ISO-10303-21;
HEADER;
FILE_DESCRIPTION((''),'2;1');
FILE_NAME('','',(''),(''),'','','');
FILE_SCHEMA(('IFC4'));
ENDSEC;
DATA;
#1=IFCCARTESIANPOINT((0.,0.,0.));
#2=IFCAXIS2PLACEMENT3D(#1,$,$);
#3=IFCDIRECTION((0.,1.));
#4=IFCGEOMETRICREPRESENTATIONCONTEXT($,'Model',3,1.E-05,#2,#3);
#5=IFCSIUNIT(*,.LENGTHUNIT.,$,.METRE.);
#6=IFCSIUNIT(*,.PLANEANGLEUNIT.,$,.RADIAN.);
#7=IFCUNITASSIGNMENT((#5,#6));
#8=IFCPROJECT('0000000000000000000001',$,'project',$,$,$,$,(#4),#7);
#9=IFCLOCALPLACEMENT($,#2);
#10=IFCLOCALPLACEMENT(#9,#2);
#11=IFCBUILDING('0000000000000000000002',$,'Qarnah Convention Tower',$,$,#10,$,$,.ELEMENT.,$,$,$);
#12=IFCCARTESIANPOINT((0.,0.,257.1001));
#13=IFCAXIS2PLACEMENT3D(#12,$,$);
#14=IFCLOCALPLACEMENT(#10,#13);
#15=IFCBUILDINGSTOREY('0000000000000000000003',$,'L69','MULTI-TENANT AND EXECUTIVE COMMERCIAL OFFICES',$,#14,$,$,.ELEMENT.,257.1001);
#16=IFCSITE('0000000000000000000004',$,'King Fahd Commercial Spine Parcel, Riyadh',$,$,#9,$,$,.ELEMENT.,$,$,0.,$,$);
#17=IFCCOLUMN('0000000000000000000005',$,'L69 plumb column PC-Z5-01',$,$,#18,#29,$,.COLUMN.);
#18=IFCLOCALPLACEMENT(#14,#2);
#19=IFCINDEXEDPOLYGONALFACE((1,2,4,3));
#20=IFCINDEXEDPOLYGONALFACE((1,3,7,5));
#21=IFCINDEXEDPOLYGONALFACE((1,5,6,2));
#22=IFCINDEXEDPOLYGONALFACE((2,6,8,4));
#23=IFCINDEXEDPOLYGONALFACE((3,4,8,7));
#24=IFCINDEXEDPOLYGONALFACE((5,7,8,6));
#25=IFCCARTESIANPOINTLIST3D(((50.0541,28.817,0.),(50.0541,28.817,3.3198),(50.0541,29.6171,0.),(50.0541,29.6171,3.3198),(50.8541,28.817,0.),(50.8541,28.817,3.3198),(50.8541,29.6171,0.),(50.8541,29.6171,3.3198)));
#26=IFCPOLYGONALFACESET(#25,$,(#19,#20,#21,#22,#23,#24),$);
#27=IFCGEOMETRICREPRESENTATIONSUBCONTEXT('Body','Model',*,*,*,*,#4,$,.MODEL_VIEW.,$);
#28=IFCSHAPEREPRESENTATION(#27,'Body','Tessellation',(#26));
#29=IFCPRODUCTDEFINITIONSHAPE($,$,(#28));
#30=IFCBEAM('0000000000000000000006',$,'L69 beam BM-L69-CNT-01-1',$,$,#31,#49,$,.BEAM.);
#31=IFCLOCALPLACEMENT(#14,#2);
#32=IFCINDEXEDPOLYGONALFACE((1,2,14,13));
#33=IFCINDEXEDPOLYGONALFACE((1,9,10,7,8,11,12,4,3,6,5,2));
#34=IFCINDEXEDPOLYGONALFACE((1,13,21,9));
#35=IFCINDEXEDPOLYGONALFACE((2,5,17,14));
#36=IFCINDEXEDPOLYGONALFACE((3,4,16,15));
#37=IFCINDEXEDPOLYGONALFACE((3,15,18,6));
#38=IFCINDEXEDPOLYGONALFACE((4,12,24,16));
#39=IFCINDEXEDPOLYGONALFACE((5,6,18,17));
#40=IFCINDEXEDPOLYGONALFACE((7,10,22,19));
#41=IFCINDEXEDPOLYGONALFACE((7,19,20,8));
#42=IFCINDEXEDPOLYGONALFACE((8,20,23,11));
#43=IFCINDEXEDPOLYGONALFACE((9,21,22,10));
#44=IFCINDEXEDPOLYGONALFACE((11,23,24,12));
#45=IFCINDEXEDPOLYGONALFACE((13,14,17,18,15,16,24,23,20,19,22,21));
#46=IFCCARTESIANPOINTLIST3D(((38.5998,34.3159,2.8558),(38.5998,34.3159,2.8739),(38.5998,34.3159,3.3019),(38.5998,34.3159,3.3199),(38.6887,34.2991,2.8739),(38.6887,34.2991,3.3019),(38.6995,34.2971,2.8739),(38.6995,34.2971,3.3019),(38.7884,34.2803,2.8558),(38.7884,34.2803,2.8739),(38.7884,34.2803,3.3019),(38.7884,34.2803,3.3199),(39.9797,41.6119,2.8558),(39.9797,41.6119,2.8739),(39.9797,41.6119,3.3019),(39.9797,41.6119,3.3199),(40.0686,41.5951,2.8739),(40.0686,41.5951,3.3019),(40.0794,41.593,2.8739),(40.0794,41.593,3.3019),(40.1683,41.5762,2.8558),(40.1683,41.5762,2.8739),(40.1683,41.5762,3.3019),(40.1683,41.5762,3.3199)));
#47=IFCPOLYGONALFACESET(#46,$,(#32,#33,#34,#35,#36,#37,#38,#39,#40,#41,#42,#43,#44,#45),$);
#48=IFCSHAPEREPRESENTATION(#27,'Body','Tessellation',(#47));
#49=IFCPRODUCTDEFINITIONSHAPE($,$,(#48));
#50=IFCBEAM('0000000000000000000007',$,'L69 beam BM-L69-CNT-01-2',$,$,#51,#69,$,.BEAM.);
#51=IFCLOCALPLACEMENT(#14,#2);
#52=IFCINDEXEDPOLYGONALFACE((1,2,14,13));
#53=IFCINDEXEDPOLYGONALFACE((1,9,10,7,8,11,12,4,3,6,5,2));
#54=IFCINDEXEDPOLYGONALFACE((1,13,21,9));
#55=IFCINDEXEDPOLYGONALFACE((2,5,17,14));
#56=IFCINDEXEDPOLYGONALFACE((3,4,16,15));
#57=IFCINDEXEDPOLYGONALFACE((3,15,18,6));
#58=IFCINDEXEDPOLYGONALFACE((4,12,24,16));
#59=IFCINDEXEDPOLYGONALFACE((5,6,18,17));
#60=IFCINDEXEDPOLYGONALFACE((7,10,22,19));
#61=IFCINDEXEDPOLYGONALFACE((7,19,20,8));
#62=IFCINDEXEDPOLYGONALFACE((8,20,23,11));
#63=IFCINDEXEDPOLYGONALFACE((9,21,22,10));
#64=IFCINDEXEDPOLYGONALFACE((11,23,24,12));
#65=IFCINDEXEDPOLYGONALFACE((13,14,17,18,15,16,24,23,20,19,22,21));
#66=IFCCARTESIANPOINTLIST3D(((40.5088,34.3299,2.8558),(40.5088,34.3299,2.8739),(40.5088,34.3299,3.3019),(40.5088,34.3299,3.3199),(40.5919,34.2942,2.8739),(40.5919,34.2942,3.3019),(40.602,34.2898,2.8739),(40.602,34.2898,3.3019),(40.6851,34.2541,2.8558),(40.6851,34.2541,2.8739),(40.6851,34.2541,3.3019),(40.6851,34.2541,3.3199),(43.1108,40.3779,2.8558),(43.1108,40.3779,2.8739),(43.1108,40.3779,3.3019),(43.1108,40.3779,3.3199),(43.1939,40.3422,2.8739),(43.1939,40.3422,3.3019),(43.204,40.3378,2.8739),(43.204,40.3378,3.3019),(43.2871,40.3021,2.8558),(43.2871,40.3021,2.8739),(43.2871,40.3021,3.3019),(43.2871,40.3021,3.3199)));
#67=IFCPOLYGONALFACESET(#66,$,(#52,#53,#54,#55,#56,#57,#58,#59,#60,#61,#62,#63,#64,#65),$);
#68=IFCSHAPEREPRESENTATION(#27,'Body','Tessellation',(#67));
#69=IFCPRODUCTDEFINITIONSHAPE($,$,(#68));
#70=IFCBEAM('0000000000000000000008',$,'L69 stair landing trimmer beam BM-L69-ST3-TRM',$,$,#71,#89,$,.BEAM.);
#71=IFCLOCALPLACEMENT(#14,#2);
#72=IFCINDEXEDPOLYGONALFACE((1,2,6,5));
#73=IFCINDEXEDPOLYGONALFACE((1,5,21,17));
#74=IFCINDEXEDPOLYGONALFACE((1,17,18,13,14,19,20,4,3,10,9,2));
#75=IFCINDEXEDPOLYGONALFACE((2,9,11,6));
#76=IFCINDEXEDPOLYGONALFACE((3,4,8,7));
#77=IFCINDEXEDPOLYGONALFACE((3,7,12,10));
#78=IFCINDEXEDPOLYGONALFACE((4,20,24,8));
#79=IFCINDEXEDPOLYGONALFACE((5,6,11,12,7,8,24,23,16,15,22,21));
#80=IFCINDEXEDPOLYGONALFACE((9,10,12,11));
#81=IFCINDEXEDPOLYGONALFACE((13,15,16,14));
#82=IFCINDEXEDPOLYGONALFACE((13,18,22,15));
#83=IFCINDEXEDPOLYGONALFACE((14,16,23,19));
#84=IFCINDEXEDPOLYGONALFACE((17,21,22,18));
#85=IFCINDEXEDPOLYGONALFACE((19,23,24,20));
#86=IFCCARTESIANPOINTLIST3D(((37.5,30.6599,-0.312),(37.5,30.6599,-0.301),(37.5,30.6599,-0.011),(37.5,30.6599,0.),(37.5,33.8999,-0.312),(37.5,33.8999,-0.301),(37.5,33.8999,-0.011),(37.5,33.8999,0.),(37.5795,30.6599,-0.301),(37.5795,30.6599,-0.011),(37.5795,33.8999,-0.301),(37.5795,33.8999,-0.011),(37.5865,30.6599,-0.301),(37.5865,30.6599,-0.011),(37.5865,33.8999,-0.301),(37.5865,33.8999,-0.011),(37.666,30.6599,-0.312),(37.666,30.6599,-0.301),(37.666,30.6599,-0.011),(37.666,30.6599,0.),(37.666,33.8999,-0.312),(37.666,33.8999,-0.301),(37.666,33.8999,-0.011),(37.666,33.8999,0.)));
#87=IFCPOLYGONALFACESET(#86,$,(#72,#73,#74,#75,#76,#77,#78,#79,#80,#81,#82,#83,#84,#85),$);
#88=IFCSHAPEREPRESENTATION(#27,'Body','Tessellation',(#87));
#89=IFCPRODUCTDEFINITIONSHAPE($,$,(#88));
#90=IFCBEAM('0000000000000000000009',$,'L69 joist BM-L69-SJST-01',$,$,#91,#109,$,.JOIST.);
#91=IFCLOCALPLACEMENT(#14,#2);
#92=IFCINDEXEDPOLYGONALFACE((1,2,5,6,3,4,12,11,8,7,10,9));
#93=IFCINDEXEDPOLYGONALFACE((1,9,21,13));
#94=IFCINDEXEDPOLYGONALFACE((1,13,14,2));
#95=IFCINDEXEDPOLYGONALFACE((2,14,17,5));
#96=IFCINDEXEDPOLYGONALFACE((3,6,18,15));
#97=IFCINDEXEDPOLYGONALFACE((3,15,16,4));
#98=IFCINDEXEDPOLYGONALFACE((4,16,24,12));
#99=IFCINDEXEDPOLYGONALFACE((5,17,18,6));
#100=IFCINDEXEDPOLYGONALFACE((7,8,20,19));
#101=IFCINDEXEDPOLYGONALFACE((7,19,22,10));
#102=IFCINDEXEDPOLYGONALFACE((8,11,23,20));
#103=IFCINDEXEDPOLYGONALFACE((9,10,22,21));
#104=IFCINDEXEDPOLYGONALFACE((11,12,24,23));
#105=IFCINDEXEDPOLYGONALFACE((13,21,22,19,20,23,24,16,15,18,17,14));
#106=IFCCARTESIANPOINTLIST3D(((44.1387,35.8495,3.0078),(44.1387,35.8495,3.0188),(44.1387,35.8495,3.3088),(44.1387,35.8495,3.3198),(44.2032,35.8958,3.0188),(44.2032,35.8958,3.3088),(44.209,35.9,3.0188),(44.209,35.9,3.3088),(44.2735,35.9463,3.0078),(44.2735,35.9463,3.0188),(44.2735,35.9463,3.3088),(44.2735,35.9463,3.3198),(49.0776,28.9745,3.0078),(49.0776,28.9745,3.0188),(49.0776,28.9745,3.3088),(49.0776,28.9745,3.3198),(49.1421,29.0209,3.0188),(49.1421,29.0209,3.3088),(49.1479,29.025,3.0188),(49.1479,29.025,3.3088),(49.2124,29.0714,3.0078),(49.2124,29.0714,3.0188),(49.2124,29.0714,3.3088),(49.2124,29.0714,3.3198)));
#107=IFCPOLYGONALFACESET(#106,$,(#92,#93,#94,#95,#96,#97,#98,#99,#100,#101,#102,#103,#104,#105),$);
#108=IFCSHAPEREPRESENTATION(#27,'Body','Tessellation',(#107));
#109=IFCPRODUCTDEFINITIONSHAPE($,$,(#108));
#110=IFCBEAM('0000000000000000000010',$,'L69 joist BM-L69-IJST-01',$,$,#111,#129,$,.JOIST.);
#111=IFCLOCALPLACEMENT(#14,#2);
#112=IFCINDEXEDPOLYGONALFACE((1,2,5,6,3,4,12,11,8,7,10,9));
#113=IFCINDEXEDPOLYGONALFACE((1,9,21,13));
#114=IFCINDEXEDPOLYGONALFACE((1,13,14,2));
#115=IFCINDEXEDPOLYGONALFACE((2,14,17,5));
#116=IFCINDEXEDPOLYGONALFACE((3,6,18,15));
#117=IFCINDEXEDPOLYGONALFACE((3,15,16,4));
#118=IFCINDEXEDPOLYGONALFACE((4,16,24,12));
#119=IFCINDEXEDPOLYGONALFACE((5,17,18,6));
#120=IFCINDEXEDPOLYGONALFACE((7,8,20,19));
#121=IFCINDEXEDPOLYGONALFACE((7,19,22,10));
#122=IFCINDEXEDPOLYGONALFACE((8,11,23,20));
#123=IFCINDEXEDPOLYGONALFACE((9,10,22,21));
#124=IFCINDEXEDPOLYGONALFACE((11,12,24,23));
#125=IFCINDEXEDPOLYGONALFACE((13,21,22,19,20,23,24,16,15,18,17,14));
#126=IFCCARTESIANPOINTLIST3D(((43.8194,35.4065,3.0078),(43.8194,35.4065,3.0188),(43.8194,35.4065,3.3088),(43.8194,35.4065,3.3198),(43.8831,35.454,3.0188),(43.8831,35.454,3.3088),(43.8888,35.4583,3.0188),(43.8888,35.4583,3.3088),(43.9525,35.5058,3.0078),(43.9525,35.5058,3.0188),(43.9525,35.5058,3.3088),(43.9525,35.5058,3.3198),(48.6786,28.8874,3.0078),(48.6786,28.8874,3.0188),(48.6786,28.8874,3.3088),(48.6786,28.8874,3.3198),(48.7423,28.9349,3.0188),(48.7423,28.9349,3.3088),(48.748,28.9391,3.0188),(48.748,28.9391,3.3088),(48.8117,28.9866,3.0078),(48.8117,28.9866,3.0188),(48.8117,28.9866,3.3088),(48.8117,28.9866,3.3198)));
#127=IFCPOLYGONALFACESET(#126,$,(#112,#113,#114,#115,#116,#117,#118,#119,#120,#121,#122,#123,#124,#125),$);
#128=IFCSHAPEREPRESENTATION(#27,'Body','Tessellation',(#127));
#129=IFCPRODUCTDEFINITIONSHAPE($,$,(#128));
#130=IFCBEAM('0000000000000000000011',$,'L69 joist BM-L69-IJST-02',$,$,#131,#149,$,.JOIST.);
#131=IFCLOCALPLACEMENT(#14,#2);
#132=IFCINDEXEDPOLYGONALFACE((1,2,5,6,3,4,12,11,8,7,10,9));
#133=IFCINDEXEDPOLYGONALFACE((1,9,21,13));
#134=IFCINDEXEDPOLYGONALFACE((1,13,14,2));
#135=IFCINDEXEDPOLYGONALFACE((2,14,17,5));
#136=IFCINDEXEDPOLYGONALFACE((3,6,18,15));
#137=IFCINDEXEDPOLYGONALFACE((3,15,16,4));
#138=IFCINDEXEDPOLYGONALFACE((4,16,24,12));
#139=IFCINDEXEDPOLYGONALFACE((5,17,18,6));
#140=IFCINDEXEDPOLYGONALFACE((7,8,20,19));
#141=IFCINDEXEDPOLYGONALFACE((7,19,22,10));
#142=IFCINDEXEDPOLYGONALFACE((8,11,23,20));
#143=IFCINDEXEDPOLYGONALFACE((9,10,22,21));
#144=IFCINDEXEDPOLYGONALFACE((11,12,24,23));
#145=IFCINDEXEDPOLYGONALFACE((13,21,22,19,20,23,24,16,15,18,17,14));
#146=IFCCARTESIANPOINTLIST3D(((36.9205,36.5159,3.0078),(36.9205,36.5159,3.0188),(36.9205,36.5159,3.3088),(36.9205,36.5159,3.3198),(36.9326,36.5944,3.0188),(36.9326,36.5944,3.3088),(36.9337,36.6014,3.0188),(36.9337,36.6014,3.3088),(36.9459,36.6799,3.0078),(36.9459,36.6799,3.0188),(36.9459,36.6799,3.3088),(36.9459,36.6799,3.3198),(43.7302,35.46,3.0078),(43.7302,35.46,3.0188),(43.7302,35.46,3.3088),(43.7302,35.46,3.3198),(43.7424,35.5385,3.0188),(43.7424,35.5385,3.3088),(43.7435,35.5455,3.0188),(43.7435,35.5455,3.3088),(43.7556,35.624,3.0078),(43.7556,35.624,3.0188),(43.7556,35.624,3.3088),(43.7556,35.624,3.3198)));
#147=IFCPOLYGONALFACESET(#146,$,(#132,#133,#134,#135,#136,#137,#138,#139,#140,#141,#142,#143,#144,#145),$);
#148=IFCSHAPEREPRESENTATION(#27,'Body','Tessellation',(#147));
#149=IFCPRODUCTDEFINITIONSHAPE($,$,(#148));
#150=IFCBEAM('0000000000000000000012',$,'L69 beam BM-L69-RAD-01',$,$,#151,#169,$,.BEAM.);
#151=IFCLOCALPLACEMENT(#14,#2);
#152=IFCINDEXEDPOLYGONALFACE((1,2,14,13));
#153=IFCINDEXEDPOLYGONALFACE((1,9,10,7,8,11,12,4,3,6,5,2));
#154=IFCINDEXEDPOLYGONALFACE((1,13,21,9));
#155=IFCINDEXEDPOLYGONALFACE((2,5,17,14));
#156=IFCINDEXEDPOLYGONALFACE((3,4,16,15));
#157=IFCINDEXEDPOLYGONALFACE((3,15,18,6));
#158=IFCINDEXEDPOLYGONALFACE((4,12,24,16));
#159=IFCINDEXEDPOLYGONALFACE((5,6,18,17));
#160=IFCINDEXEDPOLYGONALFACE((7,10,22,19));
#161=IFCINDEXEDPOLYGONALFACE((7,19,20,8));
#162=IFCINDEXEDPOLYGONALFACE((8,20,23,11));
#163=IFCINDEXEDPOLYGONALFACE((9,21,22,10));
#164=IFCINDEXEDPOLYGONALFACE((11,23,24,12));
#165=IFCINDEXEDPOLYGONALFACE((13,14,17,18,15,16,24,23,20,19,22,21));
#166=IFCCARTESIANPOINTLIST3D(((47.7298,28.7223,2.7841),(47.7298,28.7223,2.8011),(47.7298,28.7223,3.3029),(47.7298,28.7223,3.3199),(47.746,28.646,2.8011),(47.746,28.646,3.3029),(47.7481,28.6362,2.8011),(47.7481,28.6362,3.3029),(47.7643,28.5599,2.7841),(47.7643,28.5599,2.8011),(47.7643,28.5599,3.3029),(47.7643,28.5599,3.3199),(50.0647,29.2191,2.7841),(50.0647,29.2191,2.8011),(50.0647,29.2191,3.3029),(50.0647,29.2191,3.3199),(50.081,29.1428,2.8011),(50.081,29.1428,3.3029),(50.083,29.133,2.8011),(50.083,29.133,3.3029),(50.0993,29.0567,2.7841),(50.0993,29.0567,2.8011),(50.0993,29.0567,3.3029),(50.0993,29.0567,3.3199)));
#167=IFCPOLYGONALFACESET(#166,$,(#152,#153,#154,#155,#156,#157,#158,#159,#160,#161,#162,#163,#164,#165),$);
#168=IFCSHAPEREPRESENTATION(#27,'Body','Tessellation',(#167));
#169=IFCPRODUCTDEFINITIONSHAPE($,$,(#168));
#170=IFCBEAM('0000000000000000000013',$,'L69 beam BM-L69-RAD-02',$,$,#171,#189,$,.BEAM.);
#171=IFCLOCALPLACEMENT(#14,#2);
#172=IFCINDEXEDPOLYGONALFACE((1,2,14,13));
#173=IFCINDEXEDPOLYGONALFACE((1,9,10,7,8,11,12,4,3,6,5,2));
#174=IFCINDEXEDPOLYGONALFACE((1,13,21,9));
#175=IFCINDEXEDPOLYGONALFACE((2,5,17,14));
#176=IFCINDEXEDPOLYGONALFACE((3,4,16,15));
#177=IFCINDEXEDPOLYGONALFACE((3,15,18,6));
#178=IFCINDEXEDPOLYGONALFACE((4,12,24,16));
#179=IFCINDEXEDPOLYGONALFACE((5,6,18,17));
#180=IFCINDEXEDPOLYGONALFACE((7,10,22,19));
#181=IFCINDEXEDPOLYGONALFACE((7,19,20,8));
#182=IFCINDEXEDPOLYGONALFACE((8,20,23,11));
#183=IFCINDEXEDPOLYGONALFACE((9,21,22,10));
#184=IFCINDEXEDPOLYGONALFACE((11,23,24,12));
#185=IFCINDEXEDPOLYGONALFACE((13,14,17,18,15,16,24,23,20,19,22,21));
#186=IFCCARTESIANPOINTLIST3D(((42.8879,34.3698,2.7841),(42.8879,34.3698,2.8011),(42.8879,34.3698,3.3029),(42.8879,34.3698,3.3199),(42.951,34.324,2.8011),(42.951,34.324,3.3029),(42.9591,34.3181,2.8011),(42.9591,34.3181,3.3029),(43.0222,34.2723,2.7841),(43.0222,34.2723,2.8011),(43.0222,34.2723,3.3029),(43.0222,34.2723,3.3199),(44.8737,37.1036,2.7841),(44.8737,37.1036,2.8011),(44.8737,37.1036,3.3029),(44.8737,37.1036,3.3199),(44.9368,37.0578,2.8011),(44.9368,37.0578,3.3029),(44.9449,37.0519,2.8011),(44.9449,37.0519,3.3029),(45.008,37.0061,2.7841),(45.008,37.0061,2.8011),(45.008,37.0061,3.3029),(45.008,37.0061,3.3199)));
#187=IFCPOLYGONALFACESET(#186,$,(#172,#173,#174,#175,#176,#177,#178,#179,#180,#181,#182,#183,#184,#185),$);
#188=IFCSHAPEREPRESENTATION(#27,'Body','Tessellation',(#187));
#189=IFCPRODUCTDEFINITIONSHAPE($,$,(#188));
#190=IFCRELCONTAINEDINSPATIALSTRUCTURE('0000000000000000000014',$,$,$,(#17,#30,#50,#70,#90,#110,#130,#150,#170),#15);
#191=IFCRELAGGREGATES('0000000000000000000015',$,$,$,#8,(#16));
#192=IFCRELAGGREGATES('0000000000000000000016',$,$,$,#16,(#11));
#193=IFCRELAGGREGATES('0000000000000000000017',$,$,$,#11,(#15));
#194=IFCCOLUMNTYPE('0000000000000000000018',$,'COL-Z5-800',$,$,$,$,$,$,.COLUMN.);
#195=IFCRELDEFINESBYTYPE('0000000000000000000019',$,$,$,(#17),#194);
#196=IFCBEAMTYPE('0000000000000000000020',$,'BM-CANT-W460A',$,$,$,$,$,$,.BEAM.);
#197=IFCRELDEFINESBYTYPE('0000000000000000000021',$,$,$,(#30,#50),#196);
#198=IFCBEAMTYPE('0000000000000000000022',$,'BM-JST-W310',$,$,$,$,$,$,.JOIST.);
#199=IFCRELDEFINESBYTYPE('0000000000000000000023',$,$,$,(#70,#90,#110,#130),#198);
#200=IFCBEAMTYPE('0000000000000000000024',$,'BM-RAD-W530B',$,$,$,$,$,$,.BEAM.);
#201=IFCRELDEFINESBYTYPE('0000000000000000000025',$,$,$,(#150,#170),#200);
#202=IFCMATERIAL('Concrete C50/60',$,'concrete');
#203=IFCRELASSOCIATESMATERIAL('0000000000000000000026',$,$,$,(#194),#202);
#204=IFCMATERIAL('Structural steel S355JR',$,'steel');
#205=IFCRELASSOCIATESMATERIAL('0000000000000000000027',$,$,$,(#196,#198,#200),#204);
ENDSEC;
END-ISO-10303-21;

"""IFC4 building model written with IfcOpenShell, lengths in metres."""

from ifc_helpers import new_model, si_unit, direction, frame, origin, origin_2d, place, context, subcontext, project, spatial, rectangle, i_section, extrude, material, material_profile, profile_set, type_object, element, save


model = new_model("IFC4")

# Units and contexts
model_context = context("Model", 3, precision=1e-05, world=origin(), true_north=direction((0.0, 1.0)))
body_context = subcontext(model_context, "Body", "Model", "MODEL_VIEW")
ifc_project = project(units=[si_unit("LENGTHUNIT", "METRE"), si_unit("PLANEANGLEUNIT", "RADIAN")], contexts=[model_context])

# Site, building, storey
site_placement = place(None, origin())
site = spatial("IfcSite", under=ifc_project, at=site_placement, Name="King Fahd Commercial Spine Parcel, Riyadh", CompositionType="ELEMENT", RefElevation=0.0)
building_placement = place(site_placement, origin())
building = spatial("IfcBuilding", under=site, at=building_placement, Name="Qarnah Convention Tower", CompositionType="ELEMENT")
storey_placement = place(building_placement, frame((0.0, 0.0, 257.1001)))
storey = spatial("IfcBuildingStorey", under=building, at=storey_placement, Name="L69", Description="MULTI-TENANT AND EXECUTIVE COMMERCIAL OFFICES", CompositionType="ELEMENT", Elevation=257.1001)

# Column
ifc_material_1 = material(Name="Concrete C50/60", Category="concrete")
ifc_material_profile_1 = material_profile(ifc_material_1, rectangle(XDim=0.8, YDim=0.8, at=origin_2d()), Name="RC-COL-800X800")
ifc_profile_set_1 = profile_set([ifc_material_profile_1], Name="Concrete C50/60")
column_type = type_object("IfcColumnType", Name="COL-Z5-800", PredefinedType="COLUMN", material=ifc_profile_set_1)
column_placement = place(storey_placement, frame((50.4541, 29.217, 0.0), z_axis=(0.0, 0.0, 1.0), x_axis=(1.0, 0.0, 0.0)))
element("IfcColumn", 1, at=column_placement, inside=storey, type_object=column_type, Name="L69 plumb column PC-Z5-01", PredefinedType="COLUMN", context=body_context, shape_type="SweptSolid", body=[
    extrude(rectangle(XDim=0.8, YDim=0.8, at=origin_2d()), origin(), (0.0, 0.0, 1.0), 3.3198),
])

# Beams
ifc_material_2 = material(Name="Structural steel S355JR", Category="steel")
ifc_material_profile_2 = material_profile(ifc_material_2, i_section(OverallWidth=0.1919, OverallDepth=0.4641, WebThickness=0.011, FlangeThickness=0.0181, at=origin_2d()), Name="W460X89")
ifc_profile_set_2 = profile_set([ifc_material_profile_2], Name="Structural steel S355JR")
beam_type_1 = type_object("IfcBeamType", Name="BM-CANT-W460A", PredefinedType="BEAM", material=ifc_profile_set_2)
beam_1_placement = place(storey_placement, frame((38.6941, 34.2981, 3.0879), z_axis=(0.185837, 0.982581, 0.0), x_axis=(-0.982581, 0.185837, 0.0)))
element("IfcBeam", 2, at=beam_1_placement, inside=storey, type_object=beam_type_1, Name="L69 beam BM-L69-CNT-01-1", PredefinedType="BEAM", context=body_context, shape_type="SweptSolid", body=[
    extrude(i_section(OverallWidth=0.1919, OverallDepth=0.4641, WebThickness=0.011, FlangeThickness=0.0181, at=origin_2d()), origin(), (0.0, 0.0, 1.0), 7.4253),
])
beam_2_placement = place(storey_placement, frame((40.5969, 34.292, 3.0879), z_axis=(0.395203, 0.918594, 0.0), x_axis=(-0.918594, 0.395203, 0.0)))
element("IfcBeam", 3, at=beam_2_placement, inside=storey, type_object=beam_type_1, Name="L69 beam BM-L69-CNT-01-2", PredefinedType="BEAM", context=body_context, shape_type="SweptSolid", body=[
    extrude(i_section(OverallWidth=0.1919, OverallDepth=0.4641, WebThickness=0.011, FlangeThickness=0.0181, at=origin_2d()), origin(), (0.0, 0.0, 1.0), 6.584),
])
ifc_material_profile_3 = material_profile(ifc_material_2, i_section(OverallWidth=0.166, OverallDepth=0.312, WebThickness=0.0071, FlangeThickness=0.011, at=origin_2d()), Name="W310X45")
ifc_profile_set_3 = profile_set([ifc_material_profile_3], Name="Structural steel S355JR")
beam_type_2 = type_object("IfcBeamType", Name="BM-JST-W310", PredefinedType="JOIST", material=ifc_profile_set_3)
beam_3_placement = place(storey_placement, frame((37.583, 30.6599, -0.156), z_axis=(0.0, 1.0, 0.0), x_axis=(-1.0, 0.0, 0.0)))
element("IfcBeam", 4, at=beam_3_placement, inside=storey, type_object=beam_type_2, Name="L69 stair landing trimmer beam BM-L69-ST3-TRM", PredefinedType="BEAM", context=body_context, shape_type="SweptSolid", body=[
    extrude(i_section(OverallWidth=0.166, OverallDepth=0.312, WebThickness=0.0071, FlangeThickness=0.011, at=origin_2d()), origin(), (0.0, 0.0, 1.0), 3.24),
])
beam_4_placement = place(storey_placement, frame((49.145, 29.0229, 3.1638), z_axis=(-0.583446, 0.812152, 0.0), x_axis=(-0.812152, -0.583446, 0.0)))
element("IfcBeam", 5, at=beam_4_placement, inside=storey, type_object=beam_type_2, Name="L69 joist BM-L69-SJST-01", PredefinedType="JOIST", context=body_context, shape_type="SweptSolid", body=[
    extrude(i_section(OverallWidth=0.166, OverallDepth=0.312, WebThickness=0.0071, FlangeThickness=0.011, at=origin_2d()), origin(), (0.0, 0.0, 1.0), 8.4651),
])
beam_5_placement = place(storey_placement, frame((48.7451, 28.937, 3.1638), z_axis=(-0.597624, 0.801776, 0.0), x_axis=(-0.801776, -0.597624, 0.0)))
element("IfcBeam", 6, at=beam_5_placement, inside=storey, type_object=beam_type_2, Name="L69 joist BM-L69-IJST-01", PredefinedType="JOIST", context=body_context, shape_type="SweptSolid", body=[
    extrude(i_section(OverallWidth=0.166, OverallDepth=0.312, WebThickness=0.0071, FlangeThickness=0.011, at=origin_2d()), origin(), (0.0, 0.0, 1.0), 8.1309),
])
beam_6_placement = place(storey_placement, frame((43.7429, 35.542, 3.1638), z_axis=(-0.988191, 0.153226, 0.0), x_axis=(-0.153226, -0.988191, 0.0)))
element("IfcBeam", 7, at=beam_6_placement, inside=storey, type_object=beam_type_2, Name="L69 joist BM-L69-IJST-02", PredefinedType="JOIST", context=body_context, shape_type="SweptSolid", body=[
    extrude(i_section(OverallWidth=0.166, OverallDepth=0.312, WebThickness=0.0071, FlangeThickness=0.011, at=origin_2d()), origin(), (0.0, 0.0, 1.0), 6.8911),
])
ifc_material_profile_4 = material_profile(ifc_material_2, i_section(OverallWidth=0.166, OverallDepth=0.5359, WebThickness=0.01, FlangeThickness=0.0171, at=origin_2d()), Name="W530X85")
ifc_profile_set_4 = profile_set([ifc_material_profile_4], Name="Structural steel S355JR")
beam_type_3 = type_object("IfcBeamType", Name="BM-RAD-W530B", PredefinedType="BEAM", material=ifc_profile_set_4)
beam_7_placement = place(storey_placement, frame((47.7471, 28.6411, 3.052), z_axis=(0.978104, 0.208118, 0.0), x_axis=(-0.208118, 0.978104, 0.0)))
element("IfcBeam", 8, at=beam_7_placement, inside=storey, type_object=beam_type_3, Name="L69 beam BM-L69-RAD-01", PredefinedType="BEAM", context=body_context, shape_type="SweptSolid", body=[
    extrude(i_section(OverallWidth=0.166, OverallDepth=0.5359, WebThickness=0.01, FlangeThickness=0.0171, at=origin_2d()), origin(), (0.0, 0.0, 1.0), 2.3872),
])
beam_8_placement = place(storey_placement, frame((42.9551, 34.321, 3.052), z_axis=(0.587699, 0.80908, 0.0), x_axis=(-0.80908, 0.587699, 0.0)))
element("IfcBeam", 9, at=beam_8_placement, inside=storey, type_object=beam_type_3, Name="L69 beam BM-L69-RAD-02", PredefinedType="BEAM", context=body_context, shape_type="SweptSolid", body=[
    extrude(i_section(OverallWidth=0.166, OverallDepth=0.5359, WebThickness=0.01, FlangeThickness=0.0171, at=origin_2d()), origin(), (0.0, 0.0, 1.0), 3.3789),
])

save(model, "model.ifc")
